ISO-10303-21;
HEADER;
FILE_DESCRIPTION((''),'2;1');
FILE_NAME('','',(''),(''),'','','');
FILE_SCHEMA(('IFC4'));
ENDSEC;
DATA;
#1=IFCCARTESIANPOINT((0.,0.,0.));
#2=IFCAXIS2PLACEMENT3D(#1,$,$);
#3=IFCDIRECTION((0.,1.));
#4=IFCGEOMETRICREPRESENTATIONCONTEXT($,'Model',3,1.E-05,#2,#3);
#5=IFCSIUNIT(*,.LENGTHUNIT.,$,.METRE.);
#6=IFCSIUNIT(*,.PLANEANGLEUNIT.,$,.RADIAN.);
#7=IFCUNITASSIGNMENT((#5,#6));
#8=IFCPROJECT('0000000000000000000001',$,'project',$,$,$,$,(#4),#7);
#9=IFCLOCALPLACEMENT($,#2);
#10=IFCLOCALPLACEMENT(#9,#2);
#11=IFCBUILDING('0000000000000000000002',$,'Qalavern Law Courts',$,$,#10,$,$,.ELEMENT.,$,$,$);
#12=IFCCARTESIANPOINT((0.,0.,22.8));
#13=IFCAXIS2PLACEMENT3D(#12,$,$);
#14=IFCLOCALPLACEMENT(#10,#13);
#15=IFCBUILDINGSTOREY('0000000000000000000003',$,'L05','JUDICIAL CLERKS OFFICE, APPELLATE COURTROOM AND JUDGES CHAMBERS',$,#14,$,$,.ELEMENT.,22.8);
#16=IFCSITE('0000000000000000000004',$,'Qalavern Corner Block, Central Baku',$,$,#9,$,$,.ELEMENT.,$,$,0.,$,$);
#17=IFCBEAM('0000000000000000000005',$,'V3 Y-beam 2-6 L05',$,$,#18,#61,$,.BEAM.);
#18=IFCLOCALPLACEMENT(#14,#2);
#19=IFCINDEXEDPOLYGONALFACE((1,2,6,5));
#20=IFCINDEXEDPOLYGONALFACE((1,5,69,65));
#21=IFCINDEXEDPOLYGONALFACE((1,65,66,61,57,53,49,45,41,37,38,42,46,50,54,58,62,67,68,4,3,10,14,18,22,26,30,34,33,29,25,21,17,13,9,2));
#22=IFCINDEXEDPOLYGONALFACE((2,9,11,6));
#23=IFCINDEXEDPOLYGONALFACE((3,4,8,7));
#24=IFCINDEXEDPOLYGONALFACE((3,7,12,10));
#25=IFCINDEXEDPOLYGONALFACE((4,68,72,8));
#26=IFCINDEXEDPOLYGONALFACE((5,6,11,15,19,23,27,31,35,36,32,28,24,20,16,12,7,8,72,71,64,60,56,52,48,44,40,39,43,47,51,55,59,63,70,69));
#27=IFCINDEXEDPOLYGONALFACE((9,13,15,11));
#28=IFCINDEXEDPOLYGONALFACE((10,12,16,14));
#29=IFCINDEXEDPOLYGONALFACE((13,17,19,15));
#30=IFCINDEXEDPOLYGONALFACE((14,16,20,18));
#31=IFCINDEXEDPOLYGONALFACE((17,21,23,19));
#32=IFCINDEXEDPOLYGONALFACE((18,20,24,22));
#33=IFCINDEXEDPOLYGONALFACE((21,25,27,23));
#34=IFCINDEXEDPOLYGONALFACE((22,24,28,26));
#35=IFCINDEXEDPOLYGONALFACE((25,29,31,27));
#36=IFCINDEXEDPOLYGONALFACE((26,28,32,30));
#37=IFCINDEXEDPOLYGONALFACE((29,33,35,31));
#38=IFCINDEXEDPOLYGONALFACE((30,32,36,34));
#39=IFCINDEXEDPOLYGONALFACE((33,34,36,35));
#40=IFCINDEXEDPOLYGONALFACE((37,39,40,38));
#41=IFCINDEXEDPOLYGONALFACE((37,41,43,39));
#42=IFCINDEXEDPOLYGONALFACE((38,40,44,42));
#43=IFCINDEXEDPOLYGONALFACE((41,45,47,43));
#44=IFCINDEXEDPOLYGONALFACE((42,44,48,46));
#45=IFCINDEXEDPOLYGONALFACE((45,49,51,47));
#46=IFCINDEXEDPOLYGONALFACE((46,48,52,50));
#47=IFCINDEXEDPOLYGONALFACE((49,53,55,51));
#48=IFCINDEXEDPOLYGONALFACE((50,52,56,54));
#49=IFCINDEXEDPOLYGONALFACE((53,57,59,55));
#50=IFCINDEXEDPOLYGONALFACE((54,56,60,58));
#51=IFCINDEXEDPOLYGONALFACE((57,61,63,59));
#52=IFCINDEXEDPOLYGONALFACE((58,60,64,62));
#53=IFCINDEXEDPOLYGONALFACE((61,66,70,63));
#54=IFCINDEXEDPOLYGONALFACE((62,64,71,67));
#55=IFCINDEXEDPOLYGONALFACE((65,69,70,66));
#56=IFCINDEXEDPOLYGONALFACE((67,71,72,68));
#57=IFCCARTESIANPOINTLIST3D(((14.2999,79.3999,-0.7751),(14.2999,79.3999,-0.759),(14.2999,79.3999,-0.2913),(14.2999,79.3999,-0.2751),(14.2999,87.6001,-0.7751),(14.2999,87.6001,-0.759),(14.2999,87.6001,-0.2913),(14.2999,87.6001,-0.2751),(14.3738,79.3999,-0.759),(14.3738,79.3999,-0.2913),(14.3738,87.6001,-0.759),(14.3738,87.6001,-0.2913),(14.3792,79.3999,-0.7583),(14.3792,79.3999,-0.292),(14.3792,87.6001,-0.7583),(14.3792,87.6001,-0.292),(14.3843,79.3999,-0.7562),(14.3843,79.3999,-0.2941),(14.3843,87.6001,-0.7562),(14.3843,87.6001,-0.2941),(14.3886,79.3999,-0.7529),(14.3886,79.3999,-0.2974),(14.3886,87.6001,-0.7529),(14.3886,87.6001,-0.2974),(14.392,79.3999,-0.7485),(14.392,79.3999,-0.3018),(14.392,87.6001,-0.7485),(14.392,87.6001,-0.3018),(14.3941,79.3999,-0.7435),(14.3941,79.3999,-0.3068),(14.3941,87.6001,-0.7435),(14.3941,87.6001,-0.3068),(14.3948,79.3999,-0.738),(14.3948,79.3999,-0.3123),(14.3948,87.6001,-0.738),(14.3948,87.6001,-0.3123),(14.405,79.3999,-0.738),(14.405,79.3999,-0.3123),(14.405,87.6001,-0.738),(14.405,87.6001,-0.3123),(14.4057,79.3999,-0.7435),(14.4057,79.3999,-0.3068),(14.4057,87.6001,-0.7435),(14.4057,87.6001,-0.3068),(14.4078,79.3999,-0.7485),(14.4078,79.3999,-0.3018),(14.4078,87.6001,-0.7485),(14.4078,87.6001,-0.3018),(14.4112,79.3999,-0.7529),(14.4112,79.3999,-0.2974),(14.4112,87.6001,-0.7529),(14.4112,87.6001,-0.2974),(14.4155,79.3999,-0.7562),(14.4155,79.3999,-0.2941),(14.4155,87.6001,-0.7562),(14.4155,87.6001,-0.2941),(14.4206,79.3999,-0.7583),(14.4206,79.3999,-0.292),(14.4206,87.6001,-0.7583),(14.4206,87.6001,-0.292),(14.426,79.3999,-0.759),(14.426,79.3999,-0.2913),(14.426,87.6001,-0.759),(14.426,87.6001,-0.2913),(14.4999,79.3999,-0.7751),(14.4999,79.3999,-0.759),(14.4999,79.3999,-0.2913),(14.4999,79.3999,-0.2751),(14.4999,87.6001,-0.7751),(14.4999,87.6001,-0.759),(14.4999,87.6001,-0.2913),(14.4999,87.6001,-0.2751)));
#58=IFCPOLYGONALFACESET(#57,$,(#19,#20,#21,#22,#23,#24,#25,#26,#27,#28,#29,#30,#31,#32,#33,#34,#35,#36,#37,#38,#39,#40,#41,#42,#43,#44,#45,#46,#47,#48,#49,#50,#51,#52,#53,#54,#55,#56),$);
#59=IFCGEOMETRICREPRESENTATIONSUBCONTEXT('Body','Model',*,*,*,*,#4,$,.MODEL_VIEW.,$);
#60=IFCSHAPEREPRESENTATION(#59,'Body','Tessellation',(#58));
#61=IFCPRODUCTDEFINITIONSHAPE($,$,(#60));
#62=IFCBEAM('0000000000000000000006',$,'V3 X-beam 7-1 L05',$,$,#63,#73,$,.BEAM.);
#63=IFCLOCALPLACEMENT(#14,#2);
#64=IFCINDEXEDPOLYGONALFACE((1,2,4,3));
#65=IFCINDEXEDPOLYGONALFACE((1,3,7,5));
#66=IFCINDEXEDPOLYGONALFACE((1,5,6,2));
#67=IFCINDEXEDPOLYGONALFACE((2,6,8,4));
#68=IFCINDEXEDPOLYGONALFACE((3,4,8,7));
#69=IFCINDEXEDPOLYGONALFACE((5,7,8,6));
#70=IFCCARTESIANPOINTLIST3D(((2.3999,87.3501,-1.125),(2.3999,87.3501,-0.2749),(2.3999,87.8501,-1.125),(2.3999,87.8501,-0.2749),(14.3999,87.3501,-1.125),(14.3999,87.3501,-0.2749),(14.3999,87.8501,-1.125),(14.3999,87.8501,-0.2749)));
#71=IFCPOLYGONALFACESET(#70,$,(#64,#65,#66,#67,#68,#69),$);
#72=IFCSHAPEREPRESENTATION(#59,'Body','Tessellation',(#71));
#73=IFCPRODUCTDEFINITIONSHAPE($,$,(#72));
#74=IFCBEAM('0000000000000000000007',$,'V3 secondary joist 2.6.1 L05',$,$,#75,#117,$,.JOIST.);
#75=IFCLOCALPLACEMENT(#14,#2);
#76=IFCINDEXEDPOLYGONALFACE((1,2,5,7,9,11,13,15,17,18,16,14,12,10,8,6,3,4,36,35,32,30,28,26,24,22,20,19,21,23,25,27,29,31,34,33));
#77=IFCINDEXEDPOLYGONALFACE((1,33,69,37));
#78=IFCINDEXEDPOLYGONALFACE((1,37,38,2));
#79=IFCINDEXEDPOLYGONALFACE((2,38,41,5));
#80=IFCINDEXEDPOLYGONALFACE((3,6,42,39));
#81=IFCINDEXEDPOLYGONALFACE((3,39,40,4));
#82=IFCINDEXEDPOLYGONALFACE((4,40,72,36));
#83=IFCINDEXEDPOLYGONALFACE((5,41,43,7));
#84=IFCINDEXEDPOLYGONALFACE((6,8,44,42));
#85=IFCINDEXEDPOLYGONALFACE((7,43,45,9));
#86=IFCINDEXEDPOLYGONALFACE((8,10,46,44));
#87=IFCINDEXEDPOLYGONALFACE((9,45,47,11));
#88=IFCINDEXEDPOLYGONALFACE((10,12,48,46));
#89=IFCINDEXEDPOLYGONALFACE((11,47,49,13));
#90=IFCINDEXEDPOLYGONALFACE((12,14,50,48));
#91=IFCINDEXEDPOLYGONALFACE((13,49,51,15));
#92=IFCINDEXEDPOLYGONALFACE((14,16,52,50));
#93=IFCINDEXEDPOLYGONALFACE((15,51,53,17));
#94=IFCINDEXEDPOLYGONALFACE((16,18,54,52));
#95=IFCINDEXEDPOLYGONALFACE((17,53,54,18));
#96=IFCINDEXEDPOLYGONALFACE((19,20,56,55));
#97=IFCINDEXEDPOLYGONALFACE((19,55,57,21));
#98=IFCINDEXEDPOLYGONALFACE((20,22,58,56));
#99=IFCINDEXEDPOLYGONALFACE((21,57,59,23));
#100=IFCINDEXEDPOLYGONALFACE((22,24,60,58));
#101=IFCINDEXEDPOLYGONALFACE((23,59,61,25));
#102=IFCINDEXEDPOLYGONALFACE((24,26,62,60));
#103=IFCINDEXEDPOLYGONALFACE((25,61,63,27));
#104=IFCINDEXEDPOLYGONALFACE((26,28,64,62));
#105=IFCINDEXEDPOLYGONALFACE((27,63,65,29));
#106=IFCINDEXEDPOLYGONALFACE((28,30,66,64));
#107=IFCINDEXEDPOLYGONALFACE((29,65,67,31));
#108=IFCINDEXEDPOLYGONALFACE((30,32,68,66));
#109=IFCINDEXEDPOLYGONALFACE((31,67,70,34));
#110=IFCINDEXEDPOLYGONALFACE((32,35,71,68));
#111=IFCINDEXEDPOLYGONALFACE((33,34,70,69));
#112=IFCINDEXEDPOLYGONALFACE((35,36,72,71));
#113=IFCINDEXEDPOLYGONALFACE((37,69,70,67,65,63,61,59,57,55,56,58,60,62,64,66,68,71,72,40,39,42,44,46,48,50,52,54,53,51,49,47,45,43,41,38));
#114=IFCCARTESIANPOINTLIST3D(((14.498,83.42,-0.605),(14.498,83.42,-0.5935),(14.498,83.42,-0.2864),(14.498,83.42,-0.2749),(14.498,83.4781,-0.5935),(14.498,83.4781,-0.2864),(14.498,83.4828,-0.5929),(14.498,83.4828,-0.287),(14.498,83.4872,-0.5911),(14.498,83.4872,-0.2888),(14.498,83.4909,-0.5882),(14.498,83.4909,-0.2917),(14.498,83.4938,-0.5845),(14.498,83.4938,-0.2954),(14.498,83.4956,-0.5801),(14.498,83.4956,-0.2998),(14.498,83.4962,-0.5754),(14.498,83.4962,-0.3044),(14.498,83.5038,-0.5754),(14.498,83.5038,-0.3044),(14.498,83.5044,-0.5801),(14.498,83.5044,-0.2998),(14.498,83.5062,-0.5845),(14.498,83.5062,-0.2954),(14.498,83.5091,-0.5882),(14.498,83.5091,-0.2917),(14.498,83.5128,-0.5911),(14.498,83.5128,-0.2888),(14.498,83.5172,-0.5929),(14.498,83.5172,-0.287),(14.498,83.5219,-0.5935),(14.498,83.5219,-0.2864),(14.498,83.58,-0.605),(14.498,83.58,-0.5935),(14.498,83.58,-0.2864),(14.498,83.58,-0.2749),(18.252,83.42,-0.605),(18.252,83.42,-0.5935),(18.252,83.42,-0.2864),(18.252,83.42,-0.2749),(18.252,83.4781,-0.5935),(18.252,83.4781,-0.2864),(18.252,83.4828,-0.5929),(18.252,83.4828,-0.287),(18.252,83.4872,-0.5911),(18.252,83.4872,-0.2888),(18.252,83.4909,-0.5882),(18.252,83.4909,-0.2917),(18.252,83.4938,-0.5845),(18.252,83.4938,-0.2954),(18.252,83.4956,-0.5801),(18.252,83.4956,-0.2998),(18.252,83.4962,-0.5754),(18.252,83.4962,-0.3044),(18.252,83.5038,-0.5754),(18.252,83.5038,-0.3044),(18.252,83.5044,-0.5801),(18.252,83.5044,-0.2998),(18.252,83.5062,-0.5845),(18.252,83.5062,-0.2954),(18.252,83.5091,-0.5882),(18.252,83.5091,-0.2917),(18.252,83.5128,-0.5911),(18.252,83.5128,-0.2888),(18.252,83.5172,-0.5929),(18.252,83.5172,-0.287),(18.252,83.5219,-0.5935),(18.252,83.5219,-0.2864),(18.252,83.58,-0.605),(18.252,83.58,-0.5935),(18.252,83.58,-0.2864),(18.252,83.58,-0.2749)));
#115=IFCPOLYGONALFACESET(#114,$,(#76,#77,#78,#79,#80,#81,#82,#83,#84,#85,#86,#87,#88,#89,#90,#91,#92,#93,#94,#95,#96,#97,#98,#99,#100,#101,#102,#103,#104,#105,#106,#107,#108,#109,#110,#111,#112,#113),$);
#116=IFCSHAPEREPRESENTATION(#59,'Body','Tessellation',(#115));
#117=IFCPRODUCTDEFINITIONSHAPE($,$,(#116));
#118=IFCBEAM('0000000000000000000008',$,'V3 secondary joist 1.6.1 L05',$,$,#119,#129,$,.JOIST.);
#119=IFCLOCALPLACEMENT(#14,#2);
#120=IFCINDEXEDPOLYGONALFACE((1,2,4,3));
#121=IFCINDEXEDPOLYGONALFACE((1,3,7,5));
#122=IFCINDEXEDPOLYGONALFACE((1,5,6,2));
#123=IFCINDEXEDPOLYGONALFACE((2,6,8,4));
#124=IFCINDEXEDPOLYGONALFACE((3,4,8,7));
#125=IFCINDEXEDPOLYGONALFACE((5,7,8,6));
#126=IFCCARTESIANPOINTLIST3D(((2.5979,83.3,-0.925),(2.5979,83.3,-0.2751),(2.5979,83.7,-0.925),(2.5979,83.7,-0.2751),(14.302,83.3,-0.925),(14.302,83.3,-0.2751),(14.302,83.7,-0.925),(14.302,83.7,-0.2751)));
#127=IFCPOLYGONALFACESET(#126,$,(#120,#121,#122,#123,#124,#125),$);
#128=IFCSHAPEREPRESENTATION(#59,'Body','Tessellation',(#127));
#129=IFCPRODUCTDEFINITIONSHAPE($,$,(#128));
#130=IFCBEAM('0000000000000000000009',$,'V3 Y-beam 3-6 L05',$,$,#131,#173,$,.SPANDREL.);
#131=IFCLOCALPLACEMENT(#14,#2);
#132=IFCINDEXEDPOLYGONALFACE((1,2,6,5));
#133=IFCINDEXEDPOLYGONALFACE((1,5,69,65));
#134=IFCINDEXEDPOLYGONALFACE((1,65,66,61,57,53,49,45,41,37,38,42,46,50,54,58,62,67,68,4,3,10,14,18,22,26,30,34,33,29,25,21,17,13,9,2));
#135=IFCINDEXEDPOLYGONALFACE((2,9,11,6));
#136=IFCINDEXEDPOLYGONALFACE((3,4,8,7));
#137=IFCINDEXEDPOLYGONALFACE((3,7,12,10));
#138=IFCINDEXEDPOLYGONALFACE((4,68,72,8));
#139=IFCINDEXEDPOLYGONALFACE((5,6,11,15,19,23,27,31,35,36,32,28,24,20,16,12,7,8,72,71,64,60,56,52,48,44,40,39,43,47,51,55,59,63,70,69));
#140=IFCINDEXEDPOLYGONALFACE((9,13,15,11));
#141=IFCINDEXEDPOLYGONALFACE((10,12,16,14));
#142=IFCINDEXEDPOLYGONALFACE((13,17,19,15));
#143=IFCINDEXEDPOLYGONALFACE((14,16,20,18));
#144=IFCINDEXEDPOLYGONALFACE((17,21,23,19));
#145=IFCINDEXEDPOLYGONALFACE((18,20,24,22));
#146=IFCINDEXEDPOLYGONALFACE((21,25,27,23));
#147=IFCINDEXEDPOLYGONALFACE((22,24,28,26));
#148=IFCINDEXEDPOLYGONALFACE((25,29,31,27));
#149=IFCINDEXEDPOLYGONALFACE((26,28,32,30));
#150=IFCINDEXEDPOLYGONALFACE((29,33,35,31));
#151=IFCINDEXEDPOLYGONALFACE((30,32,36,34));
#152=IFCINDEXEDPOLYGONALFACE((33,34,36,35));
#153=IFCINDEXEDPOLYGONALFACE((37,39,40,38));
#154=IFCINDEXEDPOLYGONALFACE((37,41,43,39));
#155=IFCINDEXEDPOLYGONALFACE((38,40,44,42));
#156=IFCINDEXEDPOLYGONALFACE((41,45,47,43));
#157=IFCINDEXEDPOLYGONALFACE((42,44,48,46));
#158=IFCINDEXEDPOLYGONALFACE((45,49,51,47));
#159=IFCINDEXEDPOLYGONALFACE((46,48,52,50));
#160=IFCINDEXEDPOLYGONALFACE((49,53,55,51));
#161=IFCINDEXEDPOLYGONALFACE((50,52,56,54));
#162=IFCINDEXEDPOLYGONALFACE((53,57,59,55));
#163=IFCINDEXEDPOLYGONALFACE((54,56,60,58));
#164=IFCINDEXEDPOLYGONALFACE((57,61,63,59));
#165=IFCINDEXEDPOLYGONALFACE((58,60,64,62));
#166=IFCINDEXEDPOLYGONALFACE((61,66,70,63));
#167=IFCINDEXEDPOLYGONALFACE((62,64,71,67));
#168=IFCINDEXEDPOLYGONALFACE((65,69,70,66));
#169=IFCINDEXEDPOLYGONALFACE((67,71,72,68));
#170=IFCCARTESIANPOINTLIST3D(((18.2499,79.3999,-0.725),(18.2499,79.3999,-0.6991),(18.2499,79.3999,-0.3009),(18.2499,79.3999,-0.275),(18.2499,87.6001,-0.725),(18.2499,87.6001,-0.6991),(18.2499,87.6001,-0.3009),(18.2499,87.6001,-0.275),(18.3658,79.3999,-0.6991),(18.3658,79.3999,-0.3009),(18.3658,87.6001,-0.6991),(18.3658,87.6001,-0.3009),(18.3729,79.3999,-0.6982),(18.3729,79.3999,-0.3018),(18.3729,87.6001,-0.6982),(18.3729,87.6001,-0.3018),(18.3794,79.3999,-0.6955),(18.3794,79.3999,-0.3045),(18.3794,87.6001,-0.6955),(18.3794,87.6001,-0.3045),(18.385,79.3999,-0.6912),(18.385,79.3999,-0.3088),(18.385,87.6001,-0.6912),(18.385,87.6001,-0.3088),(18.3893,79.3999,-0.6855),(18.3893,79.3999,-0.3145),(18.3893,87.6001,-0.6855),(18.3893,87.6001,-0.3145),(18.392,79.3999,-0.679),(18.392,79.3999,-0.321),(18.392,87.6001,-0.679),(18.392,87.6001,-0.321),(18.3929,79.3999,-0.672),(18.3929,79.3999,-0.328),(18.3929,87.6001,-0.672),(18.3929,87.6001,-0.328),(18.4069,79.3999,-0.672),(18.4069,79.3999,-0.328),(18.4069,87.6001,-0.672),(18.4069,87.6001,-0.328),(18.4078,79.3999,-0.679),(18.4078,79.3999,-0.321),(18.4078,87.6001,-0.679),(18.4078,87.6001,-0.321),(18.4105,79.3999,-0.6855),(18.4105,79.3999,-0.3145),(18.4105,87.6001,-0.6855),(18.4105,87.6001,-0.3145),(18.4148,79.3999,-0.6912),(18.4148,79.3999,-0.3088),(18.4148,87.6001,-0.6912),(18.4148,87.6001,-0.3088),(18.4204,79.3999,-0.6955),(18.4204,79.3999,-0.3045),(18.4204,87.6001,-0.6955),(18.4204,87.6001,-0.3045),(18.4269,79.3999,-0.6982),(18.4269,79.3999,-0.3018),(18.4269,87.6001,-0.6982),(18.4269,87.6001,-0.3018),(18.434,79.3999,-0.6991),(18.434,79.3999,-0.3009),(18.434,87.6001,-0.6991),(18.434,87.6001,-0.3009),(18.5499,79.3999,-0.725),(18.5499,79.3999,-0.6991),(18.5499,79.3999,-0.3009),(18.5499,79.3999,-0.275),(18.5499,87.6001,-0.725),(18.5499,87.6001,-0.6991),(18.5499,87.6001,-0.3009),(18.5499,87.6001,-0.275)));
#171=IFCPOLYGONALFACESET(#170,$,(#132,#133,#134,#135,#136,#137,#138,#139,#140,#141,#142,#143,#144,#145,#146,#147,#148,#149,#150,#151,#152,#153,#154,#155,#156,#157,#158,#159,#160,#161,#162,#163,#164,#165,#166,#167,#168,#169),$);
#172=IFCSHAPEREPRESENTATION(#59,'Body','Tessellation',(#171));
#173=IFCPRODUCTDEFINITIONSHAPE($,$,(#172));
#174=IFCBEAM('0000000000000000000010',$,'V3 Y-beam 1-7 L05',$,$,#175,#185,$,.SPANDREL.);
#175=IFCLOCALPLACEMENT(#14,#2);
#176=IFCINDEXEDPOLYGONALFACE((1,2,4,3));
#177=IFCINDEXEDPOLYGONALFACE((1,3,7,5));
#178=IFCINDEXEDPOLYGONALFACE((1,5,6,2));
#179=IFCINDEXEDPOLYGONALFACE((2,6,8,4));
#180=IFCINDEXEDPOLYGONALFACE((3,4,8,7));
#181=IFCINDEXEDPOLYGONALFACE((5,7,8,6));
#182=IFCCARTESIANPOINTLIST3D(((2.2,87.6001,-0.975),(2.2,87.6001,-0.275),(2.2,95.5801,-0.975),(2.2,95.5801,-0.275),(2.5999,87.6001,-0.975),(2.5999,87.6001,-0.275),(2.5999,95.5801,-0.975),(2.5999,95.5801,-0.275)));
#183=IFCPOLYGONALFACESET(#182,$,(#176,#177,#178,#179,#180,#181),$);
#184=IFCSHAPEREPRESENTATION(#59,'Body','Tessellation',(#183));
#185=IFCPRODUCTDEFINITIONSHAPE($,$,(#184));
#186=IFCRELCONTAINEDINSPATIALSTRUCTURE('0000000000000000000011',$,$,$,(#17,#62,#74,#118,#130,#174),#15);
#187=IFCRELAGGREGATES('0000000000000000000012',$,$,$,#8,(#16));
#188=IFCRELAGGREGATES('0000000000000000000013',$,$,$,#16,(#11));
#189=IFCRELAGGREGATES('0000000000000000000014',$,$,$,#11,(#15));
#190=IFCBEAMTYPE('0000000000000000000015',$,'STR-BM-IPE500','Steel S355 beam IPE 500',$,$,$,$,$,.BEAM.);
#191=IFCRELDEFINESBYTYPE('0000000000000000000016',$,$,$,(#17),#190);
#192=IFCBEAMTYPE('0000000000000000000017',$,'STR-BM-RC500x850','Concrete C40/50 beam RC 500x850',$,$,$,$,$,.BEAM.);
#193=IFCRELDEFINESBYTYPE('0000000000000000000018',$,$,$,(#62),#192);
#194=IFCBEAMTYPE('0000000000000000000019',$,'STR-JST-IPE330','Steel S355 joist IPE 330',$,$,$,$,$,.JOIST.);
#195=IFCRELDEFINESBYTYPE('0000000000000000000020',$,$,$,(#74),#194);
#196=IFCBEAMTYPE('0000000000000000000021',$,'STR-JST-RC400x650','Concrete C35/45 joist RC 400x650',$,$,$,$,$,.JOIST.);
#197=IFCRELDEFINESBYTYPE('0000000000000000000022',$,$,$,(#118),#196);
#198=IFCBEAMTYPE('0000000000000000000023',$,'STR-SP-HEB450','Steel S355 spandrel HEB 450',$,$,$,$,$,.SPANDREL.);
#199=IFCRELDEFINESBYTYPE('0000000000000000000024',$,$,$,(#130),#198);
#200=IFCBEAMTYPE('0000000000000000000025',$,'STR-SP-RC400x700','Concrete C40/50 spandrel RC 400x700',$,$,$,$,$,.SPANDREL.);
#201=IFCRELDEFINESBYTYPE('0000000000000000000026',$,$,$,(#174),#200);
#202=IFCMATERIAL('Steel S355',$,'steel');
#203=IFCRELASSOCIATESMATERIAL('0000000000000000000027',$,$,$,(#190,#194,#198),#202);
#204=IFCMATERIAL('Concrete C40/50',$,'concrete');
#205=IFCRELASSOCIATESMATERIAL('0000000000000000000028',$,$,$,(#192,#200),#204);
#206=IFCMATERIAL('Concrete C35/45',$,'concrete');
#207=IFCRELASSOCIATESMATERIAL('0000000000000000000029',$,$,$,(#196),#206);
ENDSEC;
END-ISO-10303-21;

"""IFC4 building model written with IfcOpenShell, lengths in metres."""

from ifc_helpers import new_model, si_unit, direction, frame, origin, origin_2d, place, context, subcontext, project, spatial, rectangle, i_section, extrude, material, material_profile, profile_set, type_object, element, save


model = new_model("IFC4")

# Units and contexts
model_context = context("Model", 3, precision=1e-05, world=origin(), true_north=direction((0.0, 1.0)))
body_context = subcontext(model_context, "Body", "Model", "MODEL_VIEW")
ifc_project = project(units=[si_unit("LENGTHUNIT", "METRE"), si_unit("PLANEANGLEUNIT", "RADIAN")], contexts=[model_context])

# Site, building, storey
site_placement = place(None, origin())
site = spatial("IfcSite", under=ifc_project, at=site_placement, Name="Qalavern Corner Block, Central Baku", CompositionType="ELEMENT", RefElevation=0.0)
building_placement = place(site_placement, origin())
building = spatial("IfcBuilding", under=site, at=building_placement, Name="Qalavern Law Courts", CompositionType="ELEMENT")
storey_placement = place(building_placement, frame((0.0, 0.0, 22.8)))
storey = spatial("IfcBuildingStorey", under=building, at=storey_placement, Name="L05", Description="JUDICIAL CLERKS OFFICE, APPELLATE COURTROOM AND JUDGES CHAMBERS", CompositionType="ELEMENT", Elevation=22.8)

# Beams
ifc_material_1 = material(Name="Steel S355", Category="steel")
ifc_material_profile_1 = material_profile(ifc_material_1, i_section(OverallWidth=0.2, OverallDepth=0.5, WebThickness=0.0103, FlangeThickness=0.0161, FilletRadius=0.021, at=origin_2d()), Name="IPE 500")
ifc_profile_set_1 = profile_set([ifc_material_profile_1], Name="Steel S355")
beam_type_1 = type_object("IfcBeamType", Name="STR-BM-IPE500", Description="Steel S355 beam IPE 500", PredefinedType="BEAM", material=ifc_profile_set_1)
beam_1_placement = place(storey_placement, frame((14.3999, 79.3999, -0.5251), z_axis=(0.0, 1.0, 0.0), x_axis=(-1.0, 0.0, 0.0)))
element("IfcBeam", 1, at=beam_1_placement, inside=storey, type_object=beam_type_1, Name="V3 Y-beam 2-6 L05", PredefinedType="BEAM", context=body_context, shape_type="SweptSolid", body=[
    extrude(i_section(OverallWidth=0.2, OverallDepth=0.5, WebThickness=0.0103, FlangeThickness=0.0161, FilletRadius=0.021, at=origin_2d()), origin(), (0.0, 0.0, 1.0), 8.2002),
])
ifc_material_2 = material(Name="Concrete C40/50", Category="concrete")
ifc_material_profile_2 = material_profile(ifc_material_2, rectangle(XDim=0.5, YDim=0.8501, at=origin_2d()), Name="RC 500x850")
ifc_profile_set_2 = profile_set([ifc_material_profile_2], Name="Concrete C40/50")
beam_type_2 = type_object("IfcBeamType", Name="STR-BM-RC500x850", Description="Concrete C40/50 beam RC 500x850", PredefinedType="BEAM", material=ifc_profile_set_2)
beam_2_placement = place(storey_placement, frame((2.3999, 87.6001, -0.7), z_axis=(1.0, 0.0, 0.0), x_axis=(0.0, 1.0, 0.0)))
element("IfcBeam", 2, at=beam_2_placement, inside=storey, type_object=beam_type_2, Name="V3 X-beam 7-1 L05", PredefinedType="BEAM", context=body_context, shape_type="SweptSolid", body=[
    extrude(rectangle(XDim=0.5, YDim=0.8501, at=origin_2d()), origin(), (0.0, 0.0, 1.0), 12.0),
])
ifc_material_profile_3 = material_profile(ifc_material_1, i_section(OverallWidth=0.1599, OverallDepth=0.3301, WebThickness=0.0076, FlangeThickness=0.0115, FilletRadius=0.0181, at=origin_2d()), Name="IPE 330")
ifc_profile_set_3 = profile_set([ifc_material_profile_3], Name="Steel S355")
beam_type_3 = type_object("IfcBeamType", Name="STR-JST-IPE330", Description="Steel S355 joist IPE 330", PredefinedType="JOIST", material=ifc_profile_set_3)
beam_3_placement = place(storey_placement, frame((14.498, 83.5, -0.4399), z_axis=(1.0, 0.0, 0.0), x_axis=(0.0, 1.0, 0.0)))
element("IfcBeam", 3, at=beam_3_placement, inside=storey, type_object=beam_type_3, Name="V3 secondary joist 2.6.1 L05", PredefinedType="JOIST", context=body_context, shape_type="SweptSolid", body=[
    extrude(i_section(OverallWidth=0.1599, OverallDepth=0.3301, WebThickness=0.0076, FlangeThickness=0.0115, FilletRadius=0.0181, at=origin_2d()), origin(), (0.0, 0.0, 1.0), 3.7539),
])
ifc_material_3 = material(Name="Concrete C35/45", Category="concrete")
ifc_material_profile_4 = material_profile(ifc_material_3, rectangle(XDim=0.3999, YDim=0.6499, at=origin_2d()), Name="RC 400x650")
ifc_profile_set_4 = profile_set([ifc_material_profile_4], Name="Concrete C35/45")
beam_type_4 = type_object("IfcBeamType", Name="STR-JST-RC400x650", Description="Concrete C35/45 joist RC 400x650", PredefinedType="JOIST", material=ifc_profile_set_4)
beam_4_placement = place(storey_placement, frame((2.5979, 83.5, -0.6001), z_axis=(1.0, 0.0, 0.0), x_axis=(0.0, 1.0, 0.0)))
element("IfcBeam", 4, at=beam_4_placement, inside=storey, type_object=beam_type_4, Name="V3 secondary joist 1.6.1 L05", PredefinedType="JOIST", context=body_context, shape_type="SweptSolid", body=[
    extrude(rectangle(XDim=0.3999, YDim=0.6499, at=origin_2d()), origin(), (0.0, 0.0, 1.0), 11.7041),
])
ifc_material_profile_5 = material_profile(ifc_material_1, i_section(OverallWidth=0.3, OverallDepth=0.45, WebThickness=0.0139, FlangeThickness=0.0259, FilletRadius=0.0271, at=origin_2d()), Name="HEB 450")
ifc_profile_set_5 = profile_set([ifc_material_profile_5], Name="Steel S355")
beam_type_5 = type_object("IfcBeamType", Name="STR-SP-HEB450", Description="Steel S355 spandrel HEB 450", PredefinedType="SPANDREL", material=ifc_profile_set_5)
beam_5_placement = place(storey_placement, frame((18.3999, 79.3999, -0.5), z_axis=(0.0, 1.0, 0.0), x_axis=(-1.0, 0.0, 0.0)))
element("IfcBeam", 5, at=beam_5_placement, inside=storey, type_object=beam_type_5, Name="V3 Y-beam 3-6 L05", PredefinedType="SPANDREL", context=body_context, shape_type="SweptSolid", body=[
    extrude(i_section(OverallWidth=0.3, OverallDepth=0.45, WebThickness=0.0139, FlangeThickness=0.0259, FilletRadius=0.0271, at=origin_2d()), origin(), (0.0, 0.0, 1.0), 8.2002),
])
ifc_material_profile_6 = material_profile(ifc_material_2, rectangle(XDim=0.3999, YDim=0.7, at=origin_2d()), Name="RC 400x700")
ifc_profile_set_6 = profile_set([ifc_material_profile_6], Name="Concrete C40/50")
beam_type_6 = type_object("IfcBeamType", Name="STR-SP-RC400x700", Description="Concrete C40/50 spandrel RC 400x700", PredefinedType="SPANDREL", material=ifc_profile_set_6)
beam_6_placement = place(storey_placement, frame((2.3999, 87.6001, -0.625), z_axis=(0.0, 1.0, 0.0), x_axis=(-1.0, 0.0, 0.0)))
element("IfcBeam", 6, at=beam_6_placement, inside=storey, type_object=beam_type_6, Name="V3 Y-beam 1-7 L05", PredefinedType="SPANDREL", context=body_context, shape_type="SweptSolid", body=[
    extrude(rectangle(XDim=0.3999, YDim=0.7, at=origin_2d()), origin(), (0.0, 0.0, 1.0), 7.98),
])

save(model, "model.ifc")
